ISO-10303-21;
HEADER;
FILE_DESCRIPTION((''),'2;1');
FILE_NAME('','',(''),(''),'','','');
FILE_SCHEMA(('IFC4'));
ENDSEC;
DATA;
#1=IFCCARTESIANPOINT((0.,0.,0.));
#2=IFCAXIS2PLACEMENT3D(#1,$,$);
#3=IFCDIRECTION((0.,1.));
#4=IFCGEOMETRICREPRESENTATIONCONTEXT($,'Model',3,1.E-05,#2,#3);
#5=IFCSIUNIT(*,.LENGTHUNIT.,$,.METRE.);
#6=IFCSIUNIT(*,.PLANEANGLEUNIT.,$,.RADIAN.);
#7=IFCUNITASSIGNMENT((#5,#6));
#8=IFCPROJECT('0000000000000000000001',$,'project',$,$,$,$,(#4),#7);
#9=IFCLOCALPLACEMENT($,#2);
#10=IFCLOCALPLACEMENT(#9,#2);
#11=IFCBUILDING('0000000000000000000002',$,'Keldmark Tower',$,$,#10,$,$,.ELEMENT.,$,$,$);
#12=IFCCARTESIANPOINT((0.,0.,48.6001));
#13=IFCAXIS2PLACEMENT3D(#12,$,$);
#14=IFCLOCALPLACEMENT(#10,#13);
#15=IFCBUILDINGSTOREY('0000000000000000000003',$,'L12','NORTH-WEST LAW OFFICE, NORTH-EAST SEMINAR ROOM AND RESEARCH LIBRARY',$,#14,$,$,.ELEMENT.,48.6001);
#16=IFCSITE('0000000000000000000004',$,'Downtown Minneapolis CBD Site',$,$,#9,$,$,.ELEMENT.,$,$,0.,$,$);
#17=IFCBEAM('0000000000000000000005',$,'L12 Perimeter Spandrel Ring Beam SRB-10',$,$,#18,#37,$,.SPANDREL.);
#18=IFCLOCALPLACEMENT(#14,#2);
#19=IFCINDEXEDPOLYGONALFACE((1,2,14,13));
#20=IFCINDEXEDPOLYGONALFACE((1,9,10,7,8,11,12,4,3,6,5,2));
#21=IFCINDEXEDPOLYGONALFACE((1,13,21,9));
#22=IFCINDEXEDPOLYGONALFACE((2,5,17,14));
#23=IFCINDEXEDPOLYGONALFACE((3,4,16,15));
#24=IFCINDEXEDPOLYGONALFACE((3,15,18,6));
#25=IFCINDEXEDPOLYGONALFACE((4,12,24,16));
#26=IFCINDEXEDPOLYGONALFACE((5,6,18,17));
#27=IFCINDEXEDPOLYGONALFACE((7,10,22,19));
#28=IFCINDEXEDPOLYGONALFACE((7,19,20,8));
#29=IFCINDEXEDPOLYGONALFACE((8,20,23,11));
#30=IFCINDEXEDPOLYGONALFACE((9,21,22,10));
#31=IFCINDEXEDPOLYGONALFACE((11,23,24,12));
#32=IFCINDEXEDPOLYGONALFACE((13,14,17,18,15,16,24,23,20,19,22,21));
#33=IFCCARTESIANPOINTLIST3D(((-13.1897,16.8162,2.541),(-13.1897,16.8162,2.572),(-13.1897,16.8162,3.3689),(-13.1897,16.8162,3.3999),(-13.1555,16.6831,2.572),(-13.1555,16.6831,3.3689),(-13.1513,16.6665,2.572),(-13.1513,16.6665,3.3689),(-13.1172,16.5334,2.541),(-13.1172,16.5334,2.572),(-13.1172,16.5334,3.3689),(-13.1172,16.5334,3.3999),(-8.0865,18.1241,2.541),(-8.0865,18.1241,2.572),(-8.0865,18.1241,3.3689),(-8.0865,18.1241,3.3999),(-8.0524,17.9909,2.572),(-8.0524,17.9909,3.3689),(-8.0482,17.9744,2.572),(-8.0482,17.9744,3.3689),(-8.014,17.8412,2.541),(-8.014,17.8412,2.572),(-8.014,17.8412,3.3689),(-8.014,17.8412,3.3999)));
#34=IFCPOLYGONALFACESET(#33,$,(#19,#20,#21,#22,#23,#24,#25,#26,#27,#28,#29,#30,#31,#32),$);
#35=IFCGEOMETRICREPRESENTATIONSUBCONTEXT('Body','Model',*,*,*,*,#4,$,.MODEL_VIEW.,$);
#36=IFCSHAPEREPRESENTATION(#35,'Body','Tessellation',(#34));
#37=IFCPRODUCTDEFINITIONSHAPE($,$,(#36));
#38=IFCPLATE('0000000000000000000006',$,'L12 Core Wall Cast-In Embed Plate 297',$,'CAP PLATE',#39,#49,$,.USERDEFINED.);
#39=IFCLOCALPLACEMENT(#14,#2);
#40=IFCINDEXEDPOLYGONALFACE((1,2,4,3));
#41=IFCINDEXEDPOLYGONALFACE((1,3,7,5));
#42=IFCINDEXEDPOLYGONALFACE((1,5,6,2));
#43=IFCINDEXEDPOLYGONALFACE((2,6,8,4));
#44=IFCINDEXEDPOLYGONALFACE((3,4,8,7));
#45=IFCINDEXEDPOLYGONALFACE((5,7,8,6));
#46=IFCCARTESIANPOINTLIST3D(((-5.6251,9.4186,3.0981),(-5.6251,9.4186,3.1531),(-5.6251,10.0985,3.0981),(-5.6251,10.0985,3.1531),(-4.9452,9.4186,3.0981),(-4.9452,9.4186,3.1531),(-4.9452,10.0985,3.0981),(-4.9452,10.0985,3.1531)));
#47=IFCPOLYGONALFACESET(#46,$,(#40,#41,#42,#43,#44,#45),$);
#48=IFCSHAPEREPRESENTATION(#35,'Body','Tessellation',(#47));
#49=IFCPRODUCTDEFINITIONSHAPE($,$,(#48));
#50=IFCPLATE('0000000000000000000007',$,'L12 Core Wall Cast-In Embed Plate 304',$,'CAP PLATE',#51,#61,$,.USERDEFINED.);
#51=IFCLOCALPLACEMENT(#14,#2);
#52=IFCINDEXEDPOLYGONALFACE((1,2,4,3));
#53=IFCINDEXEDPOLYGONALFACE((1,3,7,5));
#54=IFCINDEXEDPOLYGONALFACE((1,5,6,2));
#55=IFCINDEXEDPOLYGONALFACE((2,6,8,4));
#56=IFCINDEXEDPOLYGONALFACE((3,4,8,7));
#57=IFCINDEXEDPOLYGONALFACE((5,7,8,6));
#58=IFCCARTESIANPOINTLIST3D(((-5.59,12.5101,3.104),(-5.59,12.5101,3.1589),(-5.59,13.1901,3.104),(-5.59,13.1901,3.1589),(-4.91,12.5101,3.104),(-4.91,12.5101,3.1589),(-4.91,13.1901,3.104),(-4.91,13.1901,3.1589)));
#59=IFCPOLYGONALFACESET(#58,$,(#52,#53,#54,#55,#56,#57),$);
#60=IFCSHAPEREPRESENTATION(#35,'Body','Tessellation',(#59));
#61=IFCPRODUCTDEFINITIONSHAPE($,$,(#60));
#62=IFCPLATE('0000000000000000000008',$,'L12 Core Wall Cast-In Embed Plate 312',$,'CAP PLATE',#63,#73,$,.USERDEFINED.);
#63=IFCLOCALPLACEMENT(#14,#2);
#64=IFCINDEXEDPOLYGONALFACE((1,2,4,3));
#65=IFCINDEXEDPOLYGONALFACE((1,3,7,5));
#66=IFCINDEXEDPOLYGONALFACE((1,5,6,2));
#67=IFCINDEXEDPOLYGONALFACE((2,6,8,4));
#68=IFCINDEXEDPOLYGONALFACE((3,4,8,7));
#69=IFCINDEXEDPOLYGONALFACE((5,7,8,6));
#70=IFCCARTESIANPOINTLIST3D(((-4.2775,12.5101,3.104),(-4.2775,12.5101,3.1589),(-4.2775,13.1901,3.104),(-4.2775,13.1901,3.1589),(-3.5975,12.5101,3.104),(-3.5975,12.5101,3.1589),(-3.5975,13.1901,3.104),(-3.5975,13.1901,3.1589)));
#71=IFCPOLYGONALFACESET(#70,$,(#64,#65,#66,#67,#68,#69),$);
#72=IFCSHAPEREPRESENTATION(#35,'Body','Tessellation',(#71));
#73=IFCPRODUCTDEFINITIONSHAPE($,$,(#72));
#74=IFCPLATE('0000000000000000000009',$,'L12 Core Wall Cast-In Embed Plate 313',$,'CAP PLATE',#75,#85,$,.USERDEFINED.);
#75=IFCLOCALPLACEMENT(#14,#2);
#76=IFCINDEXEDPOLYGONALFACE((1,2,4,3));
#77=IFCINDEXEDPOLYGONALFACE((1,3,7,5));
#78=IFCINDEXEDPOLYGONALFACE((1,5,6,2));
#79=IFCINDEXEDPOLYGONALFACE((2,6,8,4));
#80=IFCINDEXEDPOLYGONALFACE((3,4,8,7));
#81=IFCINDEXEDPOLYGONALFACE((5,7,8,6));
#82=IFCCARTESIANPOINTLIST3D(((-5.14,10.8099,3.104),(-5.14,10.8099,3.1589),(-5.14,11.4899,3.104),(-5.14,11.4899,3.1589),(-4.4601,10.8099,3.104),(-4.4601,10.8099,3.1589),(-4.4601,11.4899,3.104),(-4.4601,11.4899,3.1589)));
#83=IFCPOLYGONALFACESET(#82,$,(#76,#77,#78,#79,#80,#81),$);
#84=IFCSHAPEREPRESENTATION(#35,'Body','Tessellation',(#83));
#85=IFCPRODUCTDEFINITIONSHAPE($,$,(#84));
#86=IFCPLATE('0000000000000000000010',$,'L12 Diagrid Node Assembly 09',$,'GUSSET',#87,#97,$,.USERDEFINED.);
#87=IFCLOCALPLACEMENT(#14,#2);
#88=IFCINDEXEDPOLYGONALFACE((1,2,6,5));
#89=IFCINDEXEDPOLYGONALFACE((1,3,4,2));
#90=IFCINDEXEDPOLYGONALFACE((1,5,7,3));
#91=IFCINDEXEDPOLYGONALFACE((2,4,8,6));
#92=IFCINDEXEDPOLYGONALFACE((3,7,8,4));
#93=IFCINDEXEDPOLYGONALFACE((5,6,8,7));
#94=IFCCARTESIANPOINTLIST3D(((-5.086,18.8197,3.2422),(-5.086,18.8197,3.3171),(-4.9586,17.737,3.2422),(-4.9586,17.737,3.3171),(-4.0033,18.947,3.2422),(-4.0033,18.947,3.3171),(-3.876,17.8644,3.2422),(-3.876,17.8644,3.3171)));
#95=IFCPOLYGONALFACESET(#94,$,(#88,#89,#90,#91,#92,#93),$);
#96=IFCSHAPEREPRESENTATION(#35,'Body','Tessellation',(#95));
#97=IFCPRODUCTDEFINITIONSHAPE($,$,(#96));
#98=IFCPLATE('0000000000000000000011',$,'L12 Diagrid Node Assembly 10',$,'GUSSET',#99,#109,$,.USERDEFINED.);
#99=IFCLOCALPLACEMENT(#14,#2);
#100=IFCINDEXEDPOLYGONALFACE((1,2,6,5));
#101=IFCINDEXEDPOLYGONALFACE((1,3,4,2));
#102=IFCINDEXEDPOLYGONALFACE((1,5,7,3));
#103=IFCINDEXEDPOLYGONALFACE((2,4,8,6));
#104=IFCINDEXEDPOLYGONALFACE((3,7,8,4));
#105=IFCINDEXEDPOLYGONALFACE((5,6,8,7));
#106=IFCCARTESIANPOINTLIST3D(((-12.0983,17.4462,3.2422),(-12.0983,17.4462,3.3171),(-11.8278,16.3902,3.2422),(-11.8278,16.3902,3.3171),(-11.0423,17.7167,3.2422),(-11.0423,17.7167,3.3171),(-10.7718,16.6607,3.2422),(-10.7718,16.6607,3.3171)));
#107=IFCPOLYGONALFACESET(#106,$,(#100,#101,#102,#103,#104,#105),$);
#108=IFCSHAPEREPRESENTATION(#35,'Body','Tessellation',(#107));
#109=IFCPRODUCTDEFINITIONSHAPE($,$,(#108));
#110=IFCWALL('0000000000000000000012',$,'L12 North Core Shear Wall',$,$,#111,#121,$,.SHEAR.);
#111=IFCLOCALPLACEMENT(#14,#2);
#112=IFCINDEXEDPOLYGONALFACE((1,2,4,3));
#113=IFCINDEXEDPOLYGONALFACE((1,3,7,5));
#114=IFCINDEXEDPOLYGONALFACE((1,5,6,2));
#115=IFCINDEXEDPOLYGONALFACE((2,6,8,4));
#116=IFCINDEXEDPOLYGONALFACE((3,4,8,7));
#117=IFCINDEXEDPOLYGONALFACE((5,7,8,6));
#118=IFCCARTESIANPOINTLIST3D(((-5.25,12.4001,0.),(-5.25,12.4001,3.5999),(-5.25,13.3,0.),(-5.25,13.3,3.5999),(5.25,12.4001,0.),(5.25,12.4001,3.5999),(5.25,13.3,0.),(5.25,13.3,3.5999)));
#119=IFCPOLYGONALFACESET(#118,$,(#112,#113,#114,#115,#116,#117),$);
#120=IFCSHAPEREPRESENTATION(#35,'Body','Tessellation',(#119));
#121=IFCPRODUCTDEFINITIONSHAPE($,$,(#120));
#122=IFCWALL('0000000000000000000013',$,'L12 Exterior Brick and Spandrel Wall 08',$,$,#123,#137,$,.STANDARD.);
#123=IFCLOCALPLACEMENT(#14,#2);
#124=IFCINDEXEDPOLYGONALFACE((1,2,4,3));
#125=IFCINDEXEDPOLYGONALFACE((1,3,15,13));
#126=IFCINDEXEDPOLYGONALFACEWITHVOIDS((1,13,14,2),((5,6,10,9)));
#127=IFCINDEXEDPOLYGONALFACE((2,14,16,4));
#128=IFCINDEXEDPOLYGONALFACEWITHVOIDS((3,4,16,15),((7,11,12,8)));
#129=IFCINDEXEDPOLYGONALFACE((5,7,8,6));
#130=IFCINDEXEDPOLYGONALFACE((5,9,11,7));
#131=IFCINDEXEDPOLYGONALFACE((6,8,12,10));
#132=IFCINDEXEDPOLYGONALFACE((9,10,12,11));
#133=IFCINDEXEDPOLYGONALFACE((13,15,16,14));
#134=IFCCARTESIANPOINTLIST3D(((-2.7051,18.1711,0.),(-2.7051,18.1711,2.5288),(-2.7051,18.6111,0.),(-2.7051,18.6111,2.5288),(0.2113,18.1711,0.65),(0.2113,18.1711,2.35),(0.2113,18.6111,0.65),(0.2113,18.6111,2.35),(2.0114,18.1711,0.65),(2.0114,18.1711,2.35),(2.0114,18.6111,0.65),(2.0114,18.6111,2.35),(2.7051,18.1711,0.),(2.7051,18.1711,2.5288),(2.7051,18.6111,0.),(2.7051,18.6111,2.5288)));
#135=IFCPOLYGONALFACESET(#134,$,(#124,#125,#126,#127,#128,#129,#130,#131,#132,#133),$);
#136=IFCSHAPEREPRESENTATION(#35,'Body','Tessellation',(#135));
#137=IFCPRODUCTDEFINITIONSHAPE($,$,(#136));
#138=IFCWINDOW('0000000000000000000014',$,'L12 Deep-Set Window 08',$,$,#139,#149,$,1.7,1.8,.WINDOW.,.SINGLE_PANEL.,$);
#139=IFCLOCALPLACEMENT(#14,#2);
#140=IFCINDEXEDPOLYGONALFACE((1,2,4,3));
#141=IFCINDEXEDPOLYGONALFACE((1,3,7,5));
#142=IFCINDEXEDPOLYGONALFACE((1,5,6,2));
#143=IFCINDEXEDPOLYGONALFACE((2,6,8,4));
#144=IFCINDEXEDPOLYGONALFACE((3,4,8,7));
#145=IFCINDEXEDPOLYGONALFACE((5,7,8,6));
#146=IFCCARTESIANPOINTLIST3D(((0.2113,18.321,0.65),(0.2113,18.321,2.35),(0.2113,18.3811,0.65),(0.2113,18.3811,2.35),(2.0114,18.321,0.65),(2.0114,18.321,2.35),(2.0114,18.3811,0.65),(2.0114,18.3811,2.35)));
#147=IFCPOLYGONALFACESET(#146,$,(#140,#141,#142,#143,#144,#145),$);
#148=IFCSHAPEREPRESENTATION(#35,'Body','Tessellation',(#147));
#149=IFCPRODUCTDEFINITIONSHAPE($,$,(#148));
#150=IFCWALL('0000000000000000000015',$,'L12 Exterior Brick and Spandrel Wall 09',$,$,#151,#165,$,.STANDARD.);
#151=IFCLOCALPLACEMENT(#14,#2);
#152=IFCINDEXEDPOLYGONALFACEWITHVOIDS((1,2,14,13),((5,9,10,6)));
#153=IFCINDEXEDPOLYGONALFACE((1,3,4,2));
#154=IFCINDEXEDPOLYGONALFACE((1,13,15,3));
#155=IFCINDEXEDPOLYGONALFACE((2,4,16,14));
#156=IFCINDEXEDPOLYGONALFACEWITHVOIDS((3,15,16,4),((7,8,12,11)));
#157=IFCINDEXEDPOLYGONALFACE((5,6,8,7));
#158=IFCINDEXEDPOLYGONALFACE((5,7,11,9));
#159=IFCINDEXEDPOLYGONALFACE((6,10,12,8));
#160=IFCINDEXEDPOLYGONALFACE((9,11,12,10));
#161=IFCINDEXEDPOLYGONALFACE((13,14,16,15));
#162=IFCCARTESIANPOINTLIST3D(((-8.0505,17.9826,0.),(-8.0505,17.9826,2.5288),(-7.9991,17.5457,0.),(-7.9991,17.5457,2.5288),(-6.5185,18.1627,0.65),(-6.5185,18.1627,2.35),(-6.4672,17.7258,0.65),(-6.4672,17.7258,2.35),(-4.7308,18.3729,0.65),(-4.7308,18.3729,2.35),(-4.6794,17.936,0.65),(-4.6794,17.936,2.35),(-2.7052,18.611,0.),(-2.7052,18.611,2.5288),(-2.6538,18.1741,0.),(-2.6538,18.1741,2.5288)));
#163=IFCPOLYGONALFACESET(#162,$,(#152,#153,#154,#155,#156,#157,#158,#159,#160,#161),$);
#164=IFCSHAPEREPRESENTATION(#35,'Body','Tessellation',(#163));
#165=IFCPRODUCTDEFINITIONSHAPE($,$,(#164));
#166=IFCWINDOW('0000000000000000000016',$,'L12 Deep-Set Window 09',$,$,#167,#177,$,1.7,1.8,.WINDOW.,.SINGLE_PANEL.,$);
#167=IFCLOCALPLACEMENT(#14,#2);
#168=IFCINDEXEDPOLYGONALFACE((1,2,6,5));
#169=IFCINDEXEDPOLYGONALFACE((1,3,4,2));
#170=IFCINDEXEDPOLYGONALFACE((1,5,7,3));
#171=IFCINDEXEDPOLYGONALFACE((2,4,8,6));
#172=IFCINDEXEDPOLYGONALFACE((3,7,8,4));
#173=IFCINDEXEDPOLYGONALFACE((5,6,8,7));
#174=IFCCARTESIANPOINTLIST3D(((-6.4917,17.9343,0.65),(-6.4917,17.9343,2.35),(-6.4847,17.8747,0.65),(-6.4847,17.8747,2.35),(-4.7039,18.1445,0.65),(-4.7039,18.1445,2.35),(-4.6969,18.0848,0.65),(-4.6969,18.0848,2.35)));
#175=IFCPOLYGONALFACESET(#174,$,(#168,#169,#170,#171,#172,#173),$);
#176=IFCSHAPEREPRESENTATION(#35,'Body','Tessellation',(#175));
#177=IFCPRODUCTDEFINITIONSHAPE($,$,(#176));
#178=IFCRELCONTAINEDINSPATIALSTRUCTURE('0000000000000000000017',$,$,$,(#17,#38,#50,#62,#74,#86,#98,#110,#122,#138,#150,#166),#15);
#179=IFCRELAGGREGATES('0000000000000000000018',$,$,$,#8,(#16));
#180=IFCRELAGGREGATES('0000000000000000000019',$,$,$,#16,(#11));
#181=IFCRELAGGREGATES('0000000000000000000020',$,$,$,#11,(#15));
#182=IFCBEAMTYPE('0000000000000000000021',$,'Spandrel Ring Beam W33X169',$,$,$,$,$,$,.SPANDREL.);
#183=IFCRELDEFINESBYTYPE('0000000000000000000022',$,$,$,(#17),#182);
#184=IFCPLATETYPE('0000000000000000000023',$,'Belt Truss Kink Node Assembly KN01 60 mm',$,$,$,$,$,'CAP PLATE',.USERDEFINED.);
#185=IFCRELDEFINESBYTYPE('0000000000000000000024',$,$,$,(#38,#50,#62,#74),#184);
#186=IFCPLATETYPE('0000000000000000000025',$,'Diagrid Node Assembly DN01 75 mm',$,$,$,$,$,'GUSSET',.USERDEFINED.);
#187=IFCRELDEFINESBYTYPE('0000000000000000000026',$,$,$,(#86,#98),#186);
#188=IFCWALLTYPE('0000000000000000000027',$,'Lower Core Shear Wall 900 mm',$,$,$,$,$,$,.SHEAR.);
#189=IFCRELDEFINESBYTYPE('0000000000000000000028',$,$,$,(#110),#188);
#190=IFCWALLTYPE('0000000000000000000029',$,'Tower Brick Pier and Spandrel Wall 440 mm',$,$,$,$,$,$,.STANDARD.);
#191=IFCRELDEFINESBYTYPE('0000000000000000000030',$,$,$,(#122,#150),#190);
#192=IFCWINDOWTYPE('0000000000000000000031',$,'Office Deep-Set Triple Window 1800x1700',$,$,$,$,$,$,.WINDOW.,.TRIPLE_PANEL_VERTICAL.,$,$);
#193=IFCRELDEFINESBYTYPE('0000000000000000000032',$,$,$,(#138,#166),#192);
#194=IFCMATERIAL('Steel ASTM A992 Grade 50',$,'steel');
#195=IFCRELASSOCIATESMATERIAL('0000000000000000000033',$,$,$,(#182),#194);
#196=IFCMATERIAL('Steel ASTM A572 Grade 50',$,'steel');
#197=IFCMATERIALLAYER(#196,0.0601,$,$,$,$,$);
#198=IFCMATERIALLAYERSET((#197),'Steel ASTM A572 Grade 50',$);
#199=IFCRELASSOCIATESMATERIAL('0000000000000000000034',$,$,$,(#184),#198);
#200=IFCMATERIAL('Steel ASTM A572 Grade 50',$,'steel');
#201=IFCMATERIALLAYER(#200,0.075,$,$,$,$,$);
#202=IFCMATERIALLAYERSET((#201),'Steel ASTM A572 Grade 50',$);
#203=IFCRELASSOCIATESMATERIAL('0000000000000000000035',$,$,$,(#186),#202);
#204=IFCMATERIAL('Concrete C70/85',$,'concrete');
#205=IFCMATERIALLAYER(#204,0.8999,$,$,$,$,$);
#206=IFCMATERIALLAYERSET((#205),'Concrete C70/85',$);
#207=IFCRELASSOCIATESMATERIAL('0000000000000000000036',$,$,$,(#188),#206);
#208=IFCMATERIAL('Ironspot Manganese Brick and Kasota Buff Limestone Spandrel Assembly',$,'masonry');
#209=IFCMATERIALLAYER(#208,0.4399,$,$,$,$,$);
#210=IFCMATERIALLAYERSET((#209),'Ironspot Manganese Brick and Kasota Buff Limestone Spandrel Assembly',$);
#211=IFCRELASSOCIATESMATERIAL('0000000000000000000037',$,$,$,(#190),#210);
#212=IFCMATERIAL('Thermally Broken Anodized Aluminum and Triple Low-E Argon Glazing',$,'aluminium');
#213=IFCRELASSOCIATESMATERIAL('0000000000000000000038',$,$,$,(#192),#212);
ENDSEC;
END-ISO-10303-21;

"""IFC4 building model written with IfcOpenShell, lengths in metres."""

from ifc_helpers import new_model, si_unit, direction, frame, frame_2d, origin, origin_2d, place, context, subcontext, project, spatial, rectangle, i_section, extrude, material, layer, layer_set, material_profile, profile_set, type_object, element, fill, save


model = new_model("IFC4")

# Units and contexts
model_context = context("Model", 3, precision=1e-05, world=origin(), true_north=direction((0.0, 1.0)))
body_context = subcontext(model_context, "Body", "Model", "MODEL_VIEW")
ifc_project = project(units=[si_unit("LENGTHUNIT", "METRE"), si_unit("PLANEANGLEUNIT", "RADIAN")], contexts=[model_context])

# Site, building, storey
site_placement = place(None, origin())
site = spatial("IfcSite", under=ifc_project, at=site_placement, Name="Downtown Minneapolis CBD Site", CompositionType="ELEMENT", RefElevation=0.0)
building_placement = place(site_placement, origin())
building = spatial("IfcBuilding", under=site, at=building_placement, Name="Keldmark Tower", CompositionType="ELEMENT")
storey_placement = place(building_placement, frame((0.0, 0.0, 48.6001)))
storey = spatial("IfcBuildingStorey", under=building, at=storey_placement, Name="L12", Description="NORTH-WEST LAW OFFICE, NORTH-EAST SEMINAR ROOM AND RESEARCH LIBRARY", CompositionType="ELEMENT", Elevation=48.6001)

# Beam
ifc_material_1 = material(Name="Steel ASTM A992 Grade 50", Category="steel")
ifc_material_profile_1 = material_profile(ifc_material_1, i_section(OverallWidth=0.292, OverallDepth=0.8589, WebThickness=0.0171, FlangeThickness=0.031, at=origin_2d()), Name="W33X169")
ifc_profile_set_1 = profile_set([ifc_material_profile_1], Name="Steel ASTM A992 Grade 50")
beam_type_1 = type_object("IfcBeamType", Name="Spandrel Ring Beam W33X169", PredefinedType="SPANDREL", material=ifc_profile_set_1)
beam_1_placement = place(storey_placement, frame((-8.0503, 17.9827, 2.9705), z_axis=(-0.968692, -0.248267, 0.0), x_axis=(0.248267, -0.968692, 0.0)))
element("IfcBeam", 1, at=beam_1_placement, inside=storey, type_object=beam_type_1, Name="L12 Perimeter Spandrel Ring Beam SRB-10", PredefinedType="SPANDREL", context=body_context, shape_type="SweptSolid", body=[
    extrude(i_section(OverallWidth=0.292, OverallDepth=0.8589, WebThickness=0.0171, FlangeThickness=0.031, at=origin_2d()), origin(), (0.0, 0.0, 1.0), 5.2681),
])

# Plates
ifc_material_2 = material(Name="Steel ASTM A572 Grade 50", Category="steel")
ifc_layer_1 = layer(ifc_material_2, 0.0601)
ifc_layer_set_1 = layer_set([ifc_layer_1], Name="Steel ASTM A572 Grade 50")
plate_type_1 = type_object("IfcPlateType", Name="Belt Truss Kink Node Assembly KN01 60 mm", ElementType="CAP PLATE", PredefinedType="USERDEFINED", material=ifc_layer_set_1)
for number, where, z_axis, x_axis, name in (
    (2, (-5.2852, 9.7585, 3.0981), (0.0, 0.0, 1.0), (1.0, 0.0, 0.0), "L12 Core Wall Cast-In Embed Plate 297"),
    (3, (-5.25, 12.8501, 3.104), (0.0, 0.0, 1.0), (1.0, 0.0, 0.0), "L12 Core Wall Cast-In Embed Plate 304"),
    (4, (-3.9375, 12.8501, 3.104), (0.0, 0.0, 1.0), (1.0, 0.0, 0.0), "L12 Core Wall Cast-In Embed Plate 312"),
    (5, (-4.8, 11.1499, 3.104), (0.0, 0.0, 1.0), (1.0, 0.0, 0.0), "L12 Core Wall Cast-In Embed Plate 313"),
):
    element("IfcPlate", number, at=place(storey_placement, frame(where, z_axis=z_axis, x_axis=x_axis)), inside=storey, type_object=plate_type_1, Name=name, ObjectType="CAP PLATE", PredefinedType="USERDEFINED", context=body_context, shape_type="SweptSolid", body=[
        extrude(rectangle(XDim=0.6799, YDim=0.6799, at=origin_2d()), origin(), (0.0, 0.0, 1.0), 0.0549),
    ])
ifc_material_3 = material(Name="Steel ASTM A572 Grade 50", Category="steel")
ifc_layer_2 = layer(ifc_material_3, 0.075)
ifc_layer_set_2 = layer_set([ifc_layer_2], Name="Steel ASTM A572 Grade 50")
plate_type_2 = type_object("IfcPlateType", Name="Diagrid Node Assembly DN01 75 mm", ElementType="GUSSET", PredefinedType="USERDEFINED", material=ifc_layer_set_2)
for number, where, z_axis, x_axis, name in (
    (6, (-4.481, 18.342, 3.2422), (0.0, 0.0, 1.0), (-0.99315, -0.116844, 0.0), "L12 Diagrid Node Assembly 09"),
    (7, (-11.4351, 17.0535, 3.2422), (0.0, 0.0, 1.0), (-0.968713, -0.248183, 0.0), "L12 Diagrid Node Assembly 10"),
):
    element("IfcPlate", number, at=place(storey_placement, frame(where, z_axis=z_axis, x_axis=x_axis)), inside=storey, type_object=plate_type_2, Name=name, ObjectType="GUSSET", PredefinedType="USERDEFINED", context=body_context, shape_type="SweptSolid", body=[
        extrude(rectangle(XDim=1.0901, YDim=1.0901, at=origin_2d()), origin(), (0.0, 0.0, 1.0), 0.075),
    ])

# Wall
ifc_material_4 = material(Name="Concrete C70/85", Category="concrete")
ifc_layer_3 = layer(ifc_material_4, 0.8999)
ifc_layer_set_3 = layer_set([ifc_layer_3], Name="Concrete C70/85")
wall_type_1 = type_object("IfcWallType", Name="Lower Core Shear Wall 900 mm", PredefinedType="SHEAR", material=ifc_layer_set_3)
wall_1_placement = place(storey_placement, frame((-5.25, 12.8501, 0.0), z_axis=(0.0, 0.0, 1.0), x_axis=(1.0, 0.0, 0.0)))
element("IfcWall", 8, at=wall_1_placement, inside=storey, type_object=wall_type_1, Name="L12 North Core Shear Wall", PredefinedType="SHEAR", context=body_context, shape_type="SweptSolid", body=[
    extrude(rectangle(XDim=10.5, YDim=0.8999, at=frame_2d((5.25, 0.0))), origin(), (0.0, 0.0, 1.0), 3.5999),
])

# Walls, openings, windows
ifc_material_5 = material(Name="Ironspot Manganese Brick and Kasota Buff Limestone Spandrel Assembly", Category="masonry")
ifc_layer_4 = layer(ifc_material_5, 0.4399)
ifc_layer_set_4 = layer_set([ifc_layer_4], Name="Ironspot Manganese Brick and Kasota Buff Limestone Spandrel Assembly")
wall_type_2 = type_object("IfcWallType", Name="Tower Brick Pier and Spandrel Wall 440 mm", PredefinedType="STANDARD", material=ifc_layer_set_4)
wall_2_placement = place(storey_placement, frame((-2.7051, 18.3911, 0.0), z_axis=(0.0, 0.0, 1.0), x_axis=(1.0, 0.0, 0.0)))
wall_2 = element("IfcWall", 9, at=wall_2_placement, inside=storey, type_object=wall_type_2, Name="L12 Exterior Brick and Spandrel Wall 08", PredefinedType="STANDARD", context=body_context, shape_type="SweptSolid", body=[
    extrude(rectangle(XDim=5.4102, YDim=0.4399, at=frame_2d((2.7051, 0.0))), origin(), (0.0, 0.0, 1.0), 2.5288),
])
opening_1_placement = place(wall_2_placement, frame((2.9165, 0.0, 0.6499)))
opening_1 = element("IfcOpeningElement", 10, at=opening_1_placement, cuts=wall_2, PredefinedType="OPENING", context=body_context, shape_type="SweptSolid", body=[
    extrude(rectangle(XDim=1.8, YDim=1.7, at=frame_2d((0.8999, 0.8501))), frame((0.0, 0.23, 0.0), z_axis=(0.0, -1.0, 0.0), x_axis=(1.0, 0.0, 0.0)), (0.0, 0.0, 1.0), 0.46),
])
ifc_material_6 = material(Name="Thermally Broken Anodized Aluminum and Triple Low-E Argon Glazing", Category="aluminium")
window_type = type_object("IfcWindowType", Name="Office Deep-Set Triple Window 1800x1700", PartitioningType="TRIPLE_PANEL_VERTICAL", PredefinedType="WINDOW", material=ifc_material_6)
window_1_placement = place(opening_1_placement, origin())
window_1 = element("IfcWindow", 11, at=window_1_placement, inside=storey, type_object=window_type, Name="L12 Deep-Set Window 08", OverallHeight=1.7, OverallWidth=1.8, PartitioningType="SINGLE_PANEL", PredefinedType="WINDOW", context=body_context, shape_type="SweptSolid", body=[
    extrude(rectangle(XDim=1.8, YDim=1.7, at=frame_2d((0.8999, 0.8501))), frame((0.0, -0.01, 0.0), z_axis=(0.0, -1.0, 0.0), x_axis=(1.0, 0.0, 0.0)), (0.0, 0.0, 1.0), 0.0601),
])
fill(opening_1, window_1)
wall_3_placement = place(storey_placement, frame((-8.0247, 17.7642, 0.0), z_axis=(0.0, 0.0, 1.0), x_axis=(0.99316, 0.116762, 0.0)))
wall_3 = element("IfcWall", 12, at=wall_3_placement, inside=storey, type_object=wall_type_2, Name="L12 Exterior Brick and Spandrel Wall 09", PredefinedType="STANDARD", context=body_context, shape_type="SweptSolid", body=[
    extrude(rectangle(XDim=5.3821, YDim=0.4399, at=frame_2d((2.6909, 0.0))), origin(), (0.0, 0.0, 1.0), 2.5288),
])
opening_2_placement = place(wall_3_placement, frame((1.5425, 0.0, 0.6499)))
opening_2 = element("IfcOpeningElement", 13, at=opening_2_placement, cuts=wall_3, PredefinedType="OPENING", context=body_context, shape_type="SweptSolid", body=[
    extrude(rectangle(XDim=1.8, YDim=1.7, at=frame_2d((0.8999, 0.8501))), frame((0.0, 0.23, 0.0), z_axis=(0.0, -1.0, 0.0), x_axis=(1.0, 0.0, 0.0)), (0.0, 0.0, 1.0), 0.46),
])
window_2_placement = place(opening_2_placement, origin())
window_2 = element("IfcWindow", 14, at=window_2_placement, inside=storey, type_object=window_type, Name="L12 Deep-Set Window 09", OverallHeight=1.7, OverallWidth=1.8, PartitioningType="SINGLE_PANEL", PredefinedType="WINDOW", context=body_context, shape_type="SweptSolid", body=[
    extrude(rectangle(XDim=1.8, YDim=1.7, at=frame_2d((0.8999, 0.8501))), frame((0.0, -0.01, 0.0), z_axis=(0.0, -1.0, 0.0), x_axis=(1.0, 0.0, 0.0)), (0.0, 0.0, 1.0), 0.0601),
])
fill(opening_2, window_2)

save(model, "model.ifc")
